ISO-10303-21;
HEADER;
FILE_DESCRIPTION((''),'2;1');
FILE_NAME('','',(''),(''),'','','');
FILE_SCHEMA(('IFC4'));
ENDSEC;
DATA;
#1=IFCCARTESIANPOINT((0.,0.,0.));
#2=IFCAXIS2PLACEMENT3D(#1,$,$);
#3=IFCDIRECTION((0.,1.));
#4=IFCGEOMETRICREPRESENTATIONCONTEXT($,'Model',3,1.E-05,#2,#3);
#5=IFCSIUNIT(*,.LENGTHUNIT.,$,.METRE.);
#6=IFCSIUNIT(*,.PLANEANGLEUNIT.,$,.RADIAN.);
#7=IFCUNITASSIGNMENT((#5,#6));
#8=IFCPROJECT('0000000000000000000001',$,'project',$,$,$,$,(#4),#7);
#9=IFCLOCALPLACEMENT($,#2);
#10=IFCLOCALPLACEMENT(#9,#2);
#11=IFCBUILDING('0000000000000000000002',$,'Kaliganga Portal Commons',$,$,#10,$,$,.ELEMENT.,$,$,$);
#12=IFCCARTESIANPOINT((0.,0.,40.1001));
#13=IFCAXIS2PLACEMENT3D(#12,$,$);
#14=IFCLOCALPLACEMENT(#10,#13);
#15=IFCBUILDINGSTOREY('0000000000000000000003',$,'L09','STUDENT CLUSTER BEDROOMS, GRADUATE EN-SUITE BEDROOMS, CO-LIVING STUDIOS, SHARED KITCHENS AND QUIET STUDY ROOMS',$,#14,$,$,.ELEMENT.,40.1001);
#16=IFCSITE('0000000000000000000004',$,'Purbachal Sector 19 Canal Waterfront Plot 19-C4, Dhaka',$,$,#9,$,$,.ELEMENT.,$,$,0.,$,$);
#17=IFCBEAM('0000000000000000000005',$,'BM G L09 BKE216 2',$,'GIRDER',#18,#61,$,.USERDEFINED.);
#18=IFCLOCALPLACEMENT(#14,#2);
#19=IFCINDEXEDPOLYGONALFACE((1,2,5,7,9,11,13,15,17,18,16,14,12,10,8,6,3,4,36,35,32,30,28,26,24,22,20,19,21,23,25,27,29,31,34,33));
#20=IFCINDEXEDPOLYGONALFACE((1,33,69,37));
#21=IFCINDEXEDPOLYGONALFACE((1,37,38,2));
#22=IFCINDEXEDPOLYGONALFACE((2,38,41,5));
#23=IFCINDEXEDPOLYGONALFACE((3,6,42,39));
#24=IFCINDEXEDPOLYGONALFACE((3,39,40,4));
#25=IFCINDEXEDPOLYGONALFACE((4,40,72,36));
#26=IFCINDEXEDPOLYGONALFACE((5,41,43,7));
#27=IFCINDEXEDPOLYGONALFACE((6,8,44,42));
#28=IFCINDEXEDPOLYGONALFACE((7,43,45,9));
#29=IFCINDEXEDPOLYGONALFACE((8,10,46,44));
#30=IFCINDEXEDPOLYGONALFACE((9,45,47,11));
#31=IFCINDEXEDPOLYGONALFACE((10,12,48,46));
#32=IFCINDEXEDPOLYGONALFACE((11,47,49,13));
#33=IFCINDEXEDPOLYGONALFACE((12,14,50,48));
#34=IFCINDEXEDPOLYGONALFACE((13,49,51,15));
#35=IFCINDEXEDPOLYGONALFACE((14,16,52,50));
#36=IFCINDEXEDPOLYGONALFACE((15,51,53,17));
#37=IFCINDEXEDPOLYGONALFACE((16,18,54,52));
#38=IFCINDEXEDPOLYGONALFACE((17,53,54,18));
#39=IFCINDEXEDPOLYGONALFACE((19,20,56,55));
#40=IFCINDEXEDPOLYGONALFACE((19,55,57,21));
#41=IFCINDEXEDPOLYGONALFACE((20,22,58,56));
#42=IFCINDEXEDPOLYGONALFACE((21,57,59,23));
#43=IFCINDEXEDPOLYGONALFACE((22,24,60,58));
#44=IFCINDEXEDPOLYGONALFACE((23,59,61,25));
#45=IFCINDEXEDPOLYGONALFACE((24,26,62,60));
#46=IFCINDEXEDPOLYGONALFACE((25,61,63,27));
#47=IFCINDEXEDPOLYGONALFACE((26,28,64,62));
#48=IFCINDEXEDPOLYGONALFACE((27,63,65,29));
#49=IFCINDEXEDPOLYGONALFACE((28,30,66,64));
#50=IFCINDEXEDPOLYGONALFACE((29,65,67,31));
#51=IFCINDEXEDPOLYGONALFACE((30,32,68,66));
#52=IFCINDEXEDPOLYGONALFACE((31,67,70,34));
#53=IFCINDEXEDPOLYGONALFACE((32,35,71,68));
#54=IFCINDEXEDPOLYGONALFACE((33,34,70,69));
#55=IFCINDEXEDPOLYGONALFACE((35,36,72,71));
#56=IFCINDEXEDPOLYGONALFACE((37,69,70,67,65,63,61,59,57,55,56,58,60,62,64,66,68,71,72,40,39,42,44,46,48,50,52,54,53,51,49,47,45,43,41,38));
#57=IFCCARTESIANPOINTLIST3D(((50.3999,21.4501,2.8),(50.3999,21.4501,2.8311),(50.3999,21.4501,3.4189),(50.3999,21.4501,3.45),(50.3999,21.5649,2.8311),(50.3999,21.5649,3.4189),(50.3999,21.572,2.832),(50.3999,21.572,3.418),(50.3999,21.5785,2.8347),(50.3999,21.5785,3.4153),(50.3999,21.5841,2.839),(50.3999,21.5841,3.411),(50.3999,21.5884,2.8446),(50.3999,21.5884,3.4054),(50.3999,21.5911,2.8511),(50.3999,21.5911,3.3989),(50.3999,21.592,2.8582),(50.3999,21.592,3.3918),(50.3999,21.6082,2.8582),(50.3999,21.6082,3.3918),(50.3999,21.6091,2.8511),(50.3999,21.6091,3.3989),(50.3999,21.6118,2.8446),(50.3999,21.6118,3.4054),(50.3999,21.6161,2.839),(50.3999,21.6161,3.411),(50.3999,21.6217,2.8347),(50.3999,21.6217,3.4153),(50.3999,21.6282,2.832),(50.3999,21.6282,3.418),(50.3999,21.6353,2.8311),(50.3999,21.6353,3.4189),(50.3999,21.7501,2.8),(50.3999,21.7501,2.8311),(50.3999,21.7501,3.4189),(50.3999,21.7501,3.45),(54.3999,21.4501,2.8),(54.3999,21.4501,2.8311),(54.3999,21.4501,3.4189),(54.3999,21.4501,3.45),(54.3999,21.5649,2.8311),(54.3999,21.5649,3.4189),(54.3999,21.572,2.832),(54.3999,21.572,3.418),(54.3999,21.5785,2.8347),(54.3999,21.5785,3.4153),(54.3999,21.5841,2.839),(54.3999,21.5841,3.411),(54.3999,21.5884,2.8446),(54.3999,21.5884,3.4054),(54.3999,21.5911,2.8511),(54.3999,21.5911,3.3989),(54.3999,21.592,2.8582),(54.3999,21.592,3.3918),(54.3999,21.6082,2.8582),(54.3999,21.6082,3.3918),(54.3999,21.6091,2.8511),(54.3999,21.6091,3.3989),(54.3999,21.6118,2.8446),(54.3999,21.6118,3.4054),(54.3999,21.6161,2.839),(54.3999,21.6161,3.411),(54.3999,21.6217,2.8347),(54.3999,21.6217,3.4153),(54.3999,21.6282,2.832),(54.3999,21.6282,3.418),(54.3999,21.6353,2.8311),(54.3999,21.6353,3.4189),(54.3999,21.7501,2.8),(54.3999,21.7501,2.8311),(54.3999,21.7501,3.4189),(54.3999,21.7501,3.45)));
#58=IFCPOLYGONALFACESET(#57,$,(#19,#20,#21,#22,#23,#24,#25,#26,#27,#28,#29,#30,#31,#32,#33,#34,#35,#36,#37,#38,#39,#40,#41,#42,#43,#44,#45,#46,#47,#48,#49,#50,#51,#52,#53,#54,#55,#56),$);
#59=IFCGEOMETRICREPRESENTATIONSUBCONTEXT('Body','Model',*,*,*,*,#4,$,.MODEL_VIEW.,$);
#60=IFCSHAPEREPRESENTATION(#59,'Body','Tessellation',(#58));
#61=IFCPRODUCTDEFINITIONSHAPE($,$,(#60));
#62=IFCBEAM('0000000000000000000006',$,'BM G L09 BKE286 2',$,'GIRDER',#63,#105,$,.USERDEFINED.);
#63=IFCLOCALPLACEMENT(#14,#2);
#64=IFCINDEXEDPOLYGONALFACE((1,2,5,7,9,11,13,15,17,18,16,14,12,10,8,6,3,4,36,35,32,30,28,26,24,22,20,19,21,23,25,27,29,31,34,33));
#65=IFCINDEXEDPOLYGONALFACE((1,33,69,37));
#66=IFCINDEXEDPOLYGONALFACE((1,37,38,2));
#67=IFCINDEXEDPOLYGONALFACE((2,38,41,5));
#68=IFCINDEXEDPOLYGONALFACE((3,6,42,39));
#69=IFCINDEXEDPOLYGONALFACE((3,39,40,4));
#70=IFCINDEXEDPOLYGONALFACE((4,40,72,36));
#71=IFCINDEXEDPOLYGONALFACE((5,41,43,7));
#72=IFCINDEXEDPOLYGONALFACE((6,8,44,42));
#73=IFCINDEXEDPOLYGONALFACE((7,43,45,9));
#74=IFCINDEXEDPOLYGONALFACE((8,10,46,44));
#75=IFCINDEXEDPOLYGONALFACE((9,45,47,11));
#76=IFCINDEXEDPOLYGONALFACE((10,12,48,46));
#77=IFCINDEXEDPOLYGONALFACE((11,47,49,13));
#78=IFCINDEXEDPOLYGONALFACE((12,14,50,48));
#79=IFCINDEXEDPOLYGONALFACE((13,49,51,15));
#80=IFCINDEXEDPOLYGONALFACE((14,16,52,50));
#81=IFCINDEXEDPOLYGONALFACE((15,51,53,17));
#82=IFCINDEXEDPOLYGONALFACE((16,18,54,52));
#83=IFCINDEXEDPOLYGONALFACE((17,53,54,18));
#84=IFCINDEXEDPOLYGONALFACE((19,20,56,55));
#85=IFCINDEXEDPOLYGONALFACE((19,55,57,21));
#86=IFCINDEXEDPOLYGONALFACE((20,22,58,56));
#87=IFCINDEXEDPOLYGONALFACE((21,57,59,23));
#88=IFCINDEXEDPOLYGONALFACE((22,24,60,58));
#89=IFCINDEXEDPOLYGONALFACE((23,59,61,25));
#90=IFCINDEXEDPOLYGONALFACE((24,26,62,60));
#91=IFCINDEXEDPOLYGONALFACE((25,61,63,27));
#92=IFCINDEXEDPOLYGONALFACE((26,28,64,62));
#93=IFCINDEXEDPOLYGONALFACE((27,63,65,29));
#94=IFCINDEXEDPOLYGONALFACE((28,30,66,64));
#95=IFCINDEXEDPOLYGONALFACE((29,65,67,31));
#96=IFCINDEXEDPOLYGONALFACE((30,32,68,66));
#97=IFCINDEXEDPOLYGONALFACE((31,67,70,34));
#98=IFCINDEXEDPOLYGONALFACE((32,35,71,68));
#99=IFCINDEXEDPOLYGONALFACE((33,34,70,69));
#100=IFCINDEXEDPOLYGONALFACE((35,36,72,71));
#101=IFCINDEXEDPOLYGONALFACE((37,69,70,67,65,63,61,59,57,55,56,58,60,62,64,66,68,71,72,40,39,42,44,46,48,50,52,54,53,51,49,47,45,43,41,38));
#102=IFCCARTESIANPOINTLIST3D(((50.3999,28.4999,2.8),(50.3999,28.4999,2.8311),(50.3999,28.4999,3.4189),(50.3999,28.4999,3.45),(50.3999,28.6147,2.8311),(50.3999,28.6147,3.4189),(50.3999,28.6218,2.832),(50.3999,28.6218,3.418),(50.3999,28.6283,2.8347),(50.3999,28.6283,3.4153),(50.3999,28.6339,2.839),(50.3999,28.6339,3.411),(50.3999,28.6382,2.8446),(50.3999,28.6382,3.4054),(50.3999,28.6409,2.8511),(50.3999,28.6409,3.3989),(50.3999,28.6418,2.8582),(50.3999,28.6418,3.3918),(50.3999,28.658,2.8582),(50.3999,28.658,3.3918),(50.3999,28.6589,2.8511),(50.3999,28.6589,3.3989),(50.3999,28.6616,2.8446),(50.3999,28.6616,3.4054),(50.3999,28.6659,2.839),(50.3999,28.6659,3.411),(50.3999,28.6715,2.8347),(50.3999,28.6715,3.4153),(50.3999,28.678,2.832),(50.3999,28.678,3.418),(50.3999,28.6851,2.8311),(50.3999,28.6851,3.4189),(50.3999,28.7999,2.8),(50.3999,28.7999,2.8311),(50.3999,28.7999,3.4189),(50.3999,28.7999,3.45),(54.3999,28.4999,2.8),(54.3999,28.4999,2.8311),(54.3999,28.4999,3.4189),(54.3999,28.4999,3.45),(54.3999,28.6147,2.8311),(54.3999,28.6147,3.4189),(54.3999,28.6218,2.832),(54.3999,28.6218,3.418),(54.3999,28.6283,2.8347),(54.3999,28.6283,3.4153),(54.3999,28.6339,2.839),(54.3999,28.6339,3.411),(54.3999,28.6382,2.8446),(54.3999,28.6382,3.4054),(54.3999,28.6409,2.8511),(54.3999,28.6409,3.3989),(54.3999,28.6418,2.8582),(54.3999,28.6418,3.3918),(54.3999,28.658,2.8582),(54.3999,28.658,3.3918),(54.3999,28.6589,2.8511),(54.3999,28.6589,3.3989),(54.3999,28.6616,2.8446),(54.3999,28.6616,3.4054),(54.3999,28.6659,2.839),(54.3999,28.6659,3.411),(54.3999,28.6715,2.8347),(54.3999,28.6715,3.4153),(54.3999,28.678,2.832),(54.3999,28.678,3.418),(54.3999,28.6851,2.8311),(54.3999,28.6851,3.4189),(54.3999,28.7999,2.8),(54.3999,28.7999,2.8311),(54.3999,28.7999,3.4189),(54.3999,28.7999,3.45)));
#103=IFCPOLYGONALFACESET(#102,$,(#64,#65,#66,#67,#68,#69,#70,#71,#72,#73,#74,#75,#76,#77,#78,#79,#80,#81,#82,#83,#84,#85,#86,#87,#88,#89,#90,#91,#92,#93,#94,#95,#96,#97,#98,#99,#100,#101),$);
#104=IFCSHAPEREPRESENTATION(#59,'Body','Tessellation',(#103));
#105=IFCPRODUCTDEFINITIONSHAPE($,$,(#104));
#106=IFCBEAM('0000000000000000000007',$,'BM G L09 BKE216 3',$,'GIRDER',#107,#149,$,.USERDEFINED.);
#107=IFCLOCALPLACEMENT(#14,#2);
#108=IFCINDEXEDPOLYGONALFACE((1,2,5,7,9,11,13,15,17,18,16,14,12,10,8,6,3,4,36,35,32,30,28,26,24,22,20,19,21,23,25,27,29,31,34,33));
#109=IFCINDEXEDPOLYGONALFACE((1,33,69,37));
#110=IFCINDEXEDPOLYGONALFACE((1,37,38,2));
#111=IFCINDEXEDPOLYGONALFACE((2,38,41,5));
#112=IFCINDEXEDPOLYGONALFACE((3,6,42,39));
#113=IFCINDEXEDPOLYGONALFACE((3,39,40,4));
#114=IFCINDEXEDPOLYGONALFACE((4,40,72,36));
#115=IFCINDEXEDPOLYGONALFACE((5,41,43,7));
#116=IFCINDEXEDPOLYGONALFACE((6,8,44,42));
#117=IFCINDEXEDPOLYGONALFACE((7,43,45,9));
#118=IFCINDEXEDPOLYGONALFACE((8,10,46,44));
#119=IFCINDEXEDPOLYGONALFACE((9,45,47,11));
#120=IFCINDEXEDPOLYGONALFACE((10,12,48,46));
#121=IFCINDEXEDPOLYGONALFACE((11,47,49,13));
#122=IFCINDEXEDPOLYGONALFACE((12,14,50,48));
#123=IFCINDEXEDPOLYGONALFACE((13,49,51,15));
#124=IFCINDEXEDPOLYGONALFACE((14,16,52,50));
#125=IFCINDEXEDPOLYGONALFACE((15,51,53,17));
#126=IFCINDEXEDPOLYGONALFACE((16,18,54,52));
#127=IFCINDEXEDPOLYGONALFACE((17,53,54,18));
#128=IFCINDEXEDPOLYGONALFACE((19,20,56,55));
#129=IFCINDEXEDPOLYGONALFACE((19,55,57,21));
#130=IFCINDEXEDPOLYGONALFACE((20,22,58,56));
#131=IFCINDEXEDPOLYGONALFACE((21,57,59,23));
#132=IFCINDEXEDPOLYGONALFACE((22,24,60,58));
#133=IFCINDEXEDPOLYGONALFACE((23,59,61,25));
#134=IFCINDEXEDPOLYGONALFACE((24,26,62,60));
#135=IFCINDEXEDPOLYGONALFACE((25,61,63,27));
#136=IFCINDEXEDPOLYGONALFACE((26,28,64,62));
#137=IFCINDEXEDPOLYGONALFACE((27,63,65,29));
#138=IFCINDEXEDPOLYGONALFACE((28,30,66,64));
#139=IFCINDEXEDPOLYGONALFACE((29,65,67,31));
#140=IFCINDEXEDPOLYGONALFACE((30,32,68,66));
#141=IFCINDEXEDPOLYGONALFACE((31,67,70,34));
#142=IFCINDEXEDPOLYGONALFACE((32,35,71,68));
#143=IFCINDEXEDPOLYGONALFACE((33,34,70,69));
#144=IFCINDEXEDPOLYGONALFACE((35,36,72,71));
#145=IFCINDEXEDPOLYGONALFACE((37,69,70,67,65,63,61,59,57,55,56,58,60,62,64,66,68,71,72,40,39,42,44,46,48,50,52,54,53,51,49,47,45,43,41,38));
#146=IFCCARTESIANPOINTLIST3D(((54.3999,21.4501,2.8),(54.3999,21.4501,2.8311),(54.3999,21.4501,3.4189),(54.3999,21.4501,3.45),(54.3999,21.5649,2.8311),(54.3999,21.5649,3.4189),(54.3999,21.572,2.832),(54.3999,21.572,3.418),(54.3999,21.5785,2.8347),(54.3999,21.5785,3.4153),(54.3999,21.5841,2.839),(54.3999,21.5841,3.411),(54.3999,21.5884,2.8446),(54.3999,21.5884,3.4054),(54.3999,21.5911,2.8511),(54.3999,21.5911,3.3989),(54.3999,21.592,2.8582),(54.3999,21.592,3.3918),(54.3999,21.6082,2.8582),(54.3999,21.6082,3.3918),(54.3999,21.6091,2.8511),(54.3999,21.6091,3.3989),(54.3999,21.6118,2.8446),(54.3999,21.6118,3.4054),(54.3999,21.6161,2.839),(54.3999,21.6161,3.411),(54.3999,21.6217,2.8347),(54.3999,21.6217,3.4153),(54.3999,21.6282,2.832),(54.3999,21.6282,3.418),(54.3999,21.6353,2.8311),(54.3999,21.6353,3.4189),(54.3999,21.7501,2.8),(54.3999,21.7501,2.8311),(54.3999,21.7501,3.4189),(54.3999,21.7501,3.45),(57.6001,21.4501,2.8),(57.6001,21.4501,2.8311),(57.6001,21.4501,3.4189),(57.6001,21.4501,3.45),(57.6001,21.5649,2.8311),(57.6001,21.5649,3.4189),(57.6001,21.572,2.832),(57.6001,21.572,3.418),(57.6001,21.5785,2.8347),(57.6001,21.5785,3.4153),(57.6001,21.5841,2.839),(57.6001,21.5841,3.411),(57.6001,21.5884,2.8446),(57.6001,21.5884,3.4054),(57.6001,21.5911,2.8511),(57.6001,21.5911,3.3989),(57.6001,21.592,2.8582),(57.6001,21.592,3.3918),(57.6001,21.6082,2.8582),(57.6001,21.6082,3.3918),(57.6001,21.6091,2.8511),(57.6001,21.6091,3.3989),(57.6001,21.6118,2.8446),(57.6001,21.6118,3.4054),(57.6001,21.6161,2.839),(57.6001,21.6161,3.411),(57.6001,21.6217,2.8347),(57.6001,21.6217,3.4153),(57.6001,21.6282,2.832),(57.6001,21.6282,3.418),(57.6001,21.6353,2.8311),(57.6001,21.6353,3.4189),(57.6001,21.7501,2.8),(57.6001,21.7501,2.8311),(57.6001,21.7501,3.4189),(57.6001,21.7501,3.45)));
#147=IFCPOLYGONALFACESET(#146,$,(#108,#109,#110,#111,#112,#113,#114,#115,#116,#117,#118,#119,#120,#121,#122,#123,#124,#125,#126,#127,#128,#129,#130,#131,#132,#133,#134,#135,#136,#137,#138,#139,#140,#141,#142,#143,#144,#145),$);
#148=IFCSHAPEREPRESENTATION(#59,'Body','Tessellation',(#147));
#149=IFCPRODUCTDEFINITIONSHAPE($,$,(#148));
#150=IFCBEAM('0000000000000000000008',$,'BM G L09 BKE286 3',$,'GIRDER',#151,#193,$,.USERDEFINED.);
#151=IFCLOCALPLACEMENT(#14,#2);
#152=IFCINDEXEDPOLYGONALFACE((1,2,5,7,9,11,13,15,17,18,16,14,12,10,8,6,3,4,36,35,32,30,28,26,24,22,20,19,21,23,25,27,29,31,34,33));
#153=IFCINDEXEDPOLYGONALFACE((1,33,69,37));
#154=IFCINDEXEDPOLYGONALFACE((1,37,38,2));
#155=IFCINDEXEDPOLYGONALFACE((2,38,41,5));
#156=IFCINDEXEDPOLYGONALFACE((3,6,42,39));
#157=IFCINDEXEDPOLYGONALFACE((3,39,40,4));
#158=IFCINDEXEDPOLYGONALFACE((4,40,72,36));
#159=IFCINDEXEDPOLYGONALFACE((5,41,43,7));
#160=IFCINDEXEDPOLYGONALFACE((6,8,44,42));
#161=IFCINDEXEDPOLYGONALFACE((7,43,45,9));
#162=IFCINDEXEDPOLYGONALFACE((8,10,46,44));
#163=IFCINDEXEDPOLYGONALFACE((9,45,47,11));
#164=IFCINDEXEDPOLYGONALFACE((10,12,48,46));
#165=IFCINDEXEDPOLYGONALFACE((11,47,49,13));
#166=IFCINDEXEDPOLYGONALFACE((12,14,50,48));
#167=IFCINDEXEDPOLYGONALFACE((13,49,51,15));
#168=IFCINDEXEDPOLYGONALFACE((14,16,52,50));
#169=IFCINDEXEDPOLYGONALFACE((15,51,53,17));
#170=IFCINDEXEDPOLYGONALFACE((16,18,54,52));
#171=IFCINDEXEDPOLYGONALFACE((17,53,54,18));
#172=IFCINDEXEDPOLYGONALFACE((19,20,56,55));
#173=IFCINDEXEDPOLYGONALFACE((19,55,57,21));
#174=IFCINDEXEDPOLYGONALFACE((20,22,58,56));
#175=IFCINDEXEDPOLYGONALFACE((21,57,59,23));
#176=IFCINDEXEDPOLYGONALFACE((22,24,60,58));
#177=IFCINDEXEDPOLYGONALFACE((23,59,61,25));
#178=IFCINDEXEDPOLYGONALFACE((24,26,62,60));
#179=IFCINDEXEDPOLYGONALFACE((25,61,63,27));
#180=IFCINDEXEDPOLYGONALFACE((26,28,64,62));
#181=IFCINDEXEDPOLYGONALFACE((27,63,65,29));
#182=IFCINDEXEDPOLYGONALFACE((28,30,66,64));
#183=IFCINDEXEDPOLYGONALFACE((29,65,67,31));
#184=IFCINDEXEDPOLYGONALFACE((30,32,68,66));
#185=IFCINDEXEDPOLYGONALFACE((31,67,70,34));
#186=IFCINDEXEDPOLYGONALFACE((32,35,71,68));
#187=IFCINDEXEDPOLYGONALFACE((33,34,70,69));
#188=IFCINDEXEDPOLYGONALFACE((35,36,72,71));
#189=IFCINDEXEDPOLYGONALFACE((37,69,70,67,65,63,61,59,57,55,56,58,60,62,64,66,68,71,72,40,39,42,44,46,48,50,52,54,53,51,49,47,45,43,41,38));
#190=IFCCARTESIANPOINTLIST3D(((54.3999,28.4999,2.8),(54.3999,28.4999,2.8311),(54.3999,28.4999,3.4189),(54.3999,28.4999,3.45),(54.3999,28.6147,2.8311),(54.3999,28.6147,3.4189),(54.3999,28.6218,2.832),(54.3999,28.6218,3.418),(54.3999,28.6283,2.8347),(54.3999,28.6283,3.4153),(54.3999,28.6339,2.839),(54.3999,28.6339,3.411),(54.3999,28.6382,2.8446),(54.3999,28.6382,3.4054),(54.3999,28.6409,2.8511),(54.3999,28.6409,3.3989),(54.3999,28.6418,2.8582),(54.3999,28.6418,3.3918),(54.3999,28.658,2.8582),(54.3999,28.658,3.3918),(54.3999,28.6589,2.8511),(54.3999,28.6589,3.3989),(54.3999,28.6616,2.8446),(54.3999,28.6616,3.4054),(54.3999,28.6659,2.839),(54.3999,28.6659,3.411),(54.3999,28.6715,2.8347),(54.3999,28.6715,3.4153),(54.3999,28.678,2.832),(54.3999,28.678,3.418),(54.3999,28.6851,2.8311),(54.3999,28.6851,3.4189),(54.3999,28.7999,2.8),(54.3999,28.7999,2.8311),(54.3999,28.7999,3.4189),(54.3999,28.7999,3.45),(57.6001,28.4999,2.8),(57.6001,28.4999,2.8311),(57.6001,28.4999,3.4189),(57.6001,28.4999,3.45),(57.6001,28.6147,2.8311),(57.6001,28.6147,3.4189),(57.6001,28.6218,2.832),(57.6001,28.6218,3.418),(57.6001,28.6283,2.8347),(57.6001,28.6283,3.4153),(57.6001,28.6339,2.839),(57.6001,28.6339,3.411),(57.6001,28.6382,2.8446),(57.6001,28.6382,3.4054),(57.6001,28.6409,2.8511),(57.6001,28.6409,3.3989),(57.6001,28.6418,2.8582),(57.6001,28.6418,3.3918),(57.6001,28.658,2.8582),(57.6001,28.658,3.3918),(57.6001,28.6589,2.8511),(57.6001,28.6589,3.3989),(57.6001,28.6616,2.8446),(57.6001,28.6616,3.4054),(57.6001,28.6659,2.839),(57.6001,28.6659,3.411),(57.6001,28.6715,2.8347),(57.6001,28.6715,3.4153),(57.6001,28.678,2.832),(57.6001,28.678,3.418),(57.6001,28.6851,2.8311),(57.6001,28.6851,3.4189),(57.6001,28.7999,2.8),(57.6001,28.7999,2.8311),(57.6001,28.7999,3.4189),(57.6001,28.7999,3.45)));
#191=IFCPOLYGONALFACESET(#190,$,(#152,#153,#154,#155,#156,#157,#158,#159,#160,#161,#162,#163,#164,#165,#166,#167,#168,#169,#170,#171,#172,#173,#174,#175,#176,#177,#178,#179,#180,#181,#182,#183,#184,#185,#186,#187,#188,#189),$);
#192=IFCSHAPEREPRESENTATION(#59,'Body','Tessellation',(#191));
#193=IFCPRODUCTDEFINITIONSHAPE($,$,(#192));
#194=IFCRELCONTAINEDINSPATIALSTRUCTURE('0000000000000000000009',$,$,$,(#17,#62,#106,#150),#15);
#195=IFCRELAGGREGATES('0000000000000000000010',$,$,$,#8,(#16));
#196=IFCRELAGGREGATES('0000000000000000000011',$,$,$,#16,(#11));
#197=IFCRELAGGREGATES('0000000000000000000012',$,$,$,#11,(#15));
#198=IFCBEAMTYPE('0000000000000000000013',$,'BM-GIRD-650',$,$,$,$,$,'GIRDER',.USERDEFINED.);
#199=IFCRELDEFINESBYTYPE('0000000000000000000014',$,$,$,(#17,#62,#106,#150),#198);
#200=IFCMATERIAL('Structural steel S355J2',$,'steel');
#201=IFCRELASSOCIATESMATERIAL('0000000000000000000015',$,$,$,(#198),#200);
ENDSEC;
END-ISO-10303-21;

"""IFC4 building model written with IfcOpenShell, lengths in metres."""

from ifc_helpers import new_model, si_unit, direction, frame, origin, origin_2d, place, context, subcontext, project, spatial, i_section, extrude, source, transform, mapped, material, material_profile, profile_set, type_object, element, save


model = new_model("IFC4")

# Units and contexts
model_context = context("Model", 3, precision=1e-05, world=origin(), true_north=direction((0.0, 1.0)))
body_context = subcontext(model_context, "Body", "Model", "MODEL_VIEW")
ifc_project = project(units=[si_unit("LENGTHUNIT", "METRE"), si_unit("PLANEANGLEUNIT", "RADIAN")], contexts=[model_context])

# Site, building, storey
site_placement = place(None, origin())
site = spatial("IfcSite", under=ifc_project, at=site_placement, Name="Purbachal Sector 19 Canal Waterfront Plot 19-C4, Dhaka", CompositionType="ELEMENT", RefElevation=0.0)
building_placement = place(site_placement, origin())
building = spatial("IfcBuilding", under=site, at=building_placement, Name="Kaliganga Portal Commons", CompositionType="ELEMENT")
storey_placement = place(building_placement, frame((0.0, 0.0, 40.1001)))
storey = spatial("IfcBuildingStorey", under=building, at=storey_placement, Name="L09", Description="STUDENT CLUSTER BEDROOMS, GRADUATE EN-SUITE BEDROOMS, CO-LIVING STUDIOS, SHARED KITCHENS AND QUIET STUDY ROOMS", CompositionType="ELEMENT", Elevation=40.1001)

# Beams
ifc_material_1 = material(Name="Structural steel S355J2", Category="steel")
ifc_material_profile_1 = material_profile(ifc_material_1, i_section(OverallWidth=0.3, OverallDepth=0.6499, WebThickness=0.0161, FlangeThickness=0.031, FilletRadius=0.0271, at=origin_2d()), Name="HE 650 B")
ifc_profile_set_1 = profile_set([ifc_material_profile_1], Name="Structural steel S355J2 wide-flange")
beam_type_1 = type_object("IfcBeamType", Name="BM-GIRD-650", ElementType="GIRDER", PredefinedType="USERDEFINED", material=ifc_profile_set_1)
shared_shape_1 = source(origin(), body_context, "Body", "SweptSolid", [
    extrude(i_section(OverallWidth=0.3, OverallDepth=0.6499, WebThickness=0.0161, FlangeThickness=0.031, FilletRadius=0.0271, at=origin_2d()), origin(), (0.0, 0.0, 1.0), 4.0),
])
for number, where, z_axis, x_axis, name in (
    (1, (50.3999, 21.6001, 3.125), (1.0, 0.0, 0.0), (0.0, 1.0, 0.0), "BM G L09 BKE216 2"),
    (2, (50.3999, 28.6499, 3.125), (1.0, 0.0, 0.0), (0.0, 1.0, 0.0), "BM G L09 BKE286 2"),
):
    element("IfcBeam", number, at=place(storey_placement, frame(where, z_axis=z_axis, x_axis=x_axis)), inside=storey, type_object=beam_type_1, Name=name, ObjectType="GIRDER", PredefinedType="USERDEFINED", context=body_context, shape_type="MappedRepresentation", body=[
        mapped(shared_shape_1, transform((0.0, 0.0, 0.0), x_axis=(1.0, 0.0, 0.0), y_axis=(0.0, 1.0, 0.0), z_axis=(0.0, 0.0, 1.0), scale=1.0)),
    ])
shared_shape_2 = source(origin(), body_context, "Body", "SweptSolid", [
    extrude(i_section(OverallWidth=0.3, OverallDepth=0.6499, WebThickness=0.0161, FlangeThickness=0.031, FilletRadius=0.0271, at=origin_2d()), origin(), (0.0, 0.0, 1.0), 3.2002),
])
for number, where, z_axis, x_axis, name in (
    (3, (54.3999, 21.6001, 3.125), (1.0, 0.0, 0.0), (0.0, 1.0, 0.0), "BM G L09 BKE216 3"),
    (4, (54.3999, 28.6499, 3.125), (1.0, 0.0, 0.0), (0.0, 1.0, 0.0), "BM G L09 BKE286 3"),
):
    element("IfcBeam", number, at=place(storey_placement, frame(where, z_axis=z_axis, x_axis=x_axis)), inside=storey, type_object=beam_type_1, Name=name, ObjectType="GIRDER", PredefinedType="USERDEFINED", context=body_context, shape_type="MappedRepresentation", body=[
        mapped(shared_shape_2, transform((0.0, 0.0, 0.0), x_axis=(1.0, 0.0, 0.0), y_axis=(0.0, 1.0, 0.0), z_axis=(0.0, 0.0, 1.0), scale=1.0)),
    ])

save(model, "model.ifc")
